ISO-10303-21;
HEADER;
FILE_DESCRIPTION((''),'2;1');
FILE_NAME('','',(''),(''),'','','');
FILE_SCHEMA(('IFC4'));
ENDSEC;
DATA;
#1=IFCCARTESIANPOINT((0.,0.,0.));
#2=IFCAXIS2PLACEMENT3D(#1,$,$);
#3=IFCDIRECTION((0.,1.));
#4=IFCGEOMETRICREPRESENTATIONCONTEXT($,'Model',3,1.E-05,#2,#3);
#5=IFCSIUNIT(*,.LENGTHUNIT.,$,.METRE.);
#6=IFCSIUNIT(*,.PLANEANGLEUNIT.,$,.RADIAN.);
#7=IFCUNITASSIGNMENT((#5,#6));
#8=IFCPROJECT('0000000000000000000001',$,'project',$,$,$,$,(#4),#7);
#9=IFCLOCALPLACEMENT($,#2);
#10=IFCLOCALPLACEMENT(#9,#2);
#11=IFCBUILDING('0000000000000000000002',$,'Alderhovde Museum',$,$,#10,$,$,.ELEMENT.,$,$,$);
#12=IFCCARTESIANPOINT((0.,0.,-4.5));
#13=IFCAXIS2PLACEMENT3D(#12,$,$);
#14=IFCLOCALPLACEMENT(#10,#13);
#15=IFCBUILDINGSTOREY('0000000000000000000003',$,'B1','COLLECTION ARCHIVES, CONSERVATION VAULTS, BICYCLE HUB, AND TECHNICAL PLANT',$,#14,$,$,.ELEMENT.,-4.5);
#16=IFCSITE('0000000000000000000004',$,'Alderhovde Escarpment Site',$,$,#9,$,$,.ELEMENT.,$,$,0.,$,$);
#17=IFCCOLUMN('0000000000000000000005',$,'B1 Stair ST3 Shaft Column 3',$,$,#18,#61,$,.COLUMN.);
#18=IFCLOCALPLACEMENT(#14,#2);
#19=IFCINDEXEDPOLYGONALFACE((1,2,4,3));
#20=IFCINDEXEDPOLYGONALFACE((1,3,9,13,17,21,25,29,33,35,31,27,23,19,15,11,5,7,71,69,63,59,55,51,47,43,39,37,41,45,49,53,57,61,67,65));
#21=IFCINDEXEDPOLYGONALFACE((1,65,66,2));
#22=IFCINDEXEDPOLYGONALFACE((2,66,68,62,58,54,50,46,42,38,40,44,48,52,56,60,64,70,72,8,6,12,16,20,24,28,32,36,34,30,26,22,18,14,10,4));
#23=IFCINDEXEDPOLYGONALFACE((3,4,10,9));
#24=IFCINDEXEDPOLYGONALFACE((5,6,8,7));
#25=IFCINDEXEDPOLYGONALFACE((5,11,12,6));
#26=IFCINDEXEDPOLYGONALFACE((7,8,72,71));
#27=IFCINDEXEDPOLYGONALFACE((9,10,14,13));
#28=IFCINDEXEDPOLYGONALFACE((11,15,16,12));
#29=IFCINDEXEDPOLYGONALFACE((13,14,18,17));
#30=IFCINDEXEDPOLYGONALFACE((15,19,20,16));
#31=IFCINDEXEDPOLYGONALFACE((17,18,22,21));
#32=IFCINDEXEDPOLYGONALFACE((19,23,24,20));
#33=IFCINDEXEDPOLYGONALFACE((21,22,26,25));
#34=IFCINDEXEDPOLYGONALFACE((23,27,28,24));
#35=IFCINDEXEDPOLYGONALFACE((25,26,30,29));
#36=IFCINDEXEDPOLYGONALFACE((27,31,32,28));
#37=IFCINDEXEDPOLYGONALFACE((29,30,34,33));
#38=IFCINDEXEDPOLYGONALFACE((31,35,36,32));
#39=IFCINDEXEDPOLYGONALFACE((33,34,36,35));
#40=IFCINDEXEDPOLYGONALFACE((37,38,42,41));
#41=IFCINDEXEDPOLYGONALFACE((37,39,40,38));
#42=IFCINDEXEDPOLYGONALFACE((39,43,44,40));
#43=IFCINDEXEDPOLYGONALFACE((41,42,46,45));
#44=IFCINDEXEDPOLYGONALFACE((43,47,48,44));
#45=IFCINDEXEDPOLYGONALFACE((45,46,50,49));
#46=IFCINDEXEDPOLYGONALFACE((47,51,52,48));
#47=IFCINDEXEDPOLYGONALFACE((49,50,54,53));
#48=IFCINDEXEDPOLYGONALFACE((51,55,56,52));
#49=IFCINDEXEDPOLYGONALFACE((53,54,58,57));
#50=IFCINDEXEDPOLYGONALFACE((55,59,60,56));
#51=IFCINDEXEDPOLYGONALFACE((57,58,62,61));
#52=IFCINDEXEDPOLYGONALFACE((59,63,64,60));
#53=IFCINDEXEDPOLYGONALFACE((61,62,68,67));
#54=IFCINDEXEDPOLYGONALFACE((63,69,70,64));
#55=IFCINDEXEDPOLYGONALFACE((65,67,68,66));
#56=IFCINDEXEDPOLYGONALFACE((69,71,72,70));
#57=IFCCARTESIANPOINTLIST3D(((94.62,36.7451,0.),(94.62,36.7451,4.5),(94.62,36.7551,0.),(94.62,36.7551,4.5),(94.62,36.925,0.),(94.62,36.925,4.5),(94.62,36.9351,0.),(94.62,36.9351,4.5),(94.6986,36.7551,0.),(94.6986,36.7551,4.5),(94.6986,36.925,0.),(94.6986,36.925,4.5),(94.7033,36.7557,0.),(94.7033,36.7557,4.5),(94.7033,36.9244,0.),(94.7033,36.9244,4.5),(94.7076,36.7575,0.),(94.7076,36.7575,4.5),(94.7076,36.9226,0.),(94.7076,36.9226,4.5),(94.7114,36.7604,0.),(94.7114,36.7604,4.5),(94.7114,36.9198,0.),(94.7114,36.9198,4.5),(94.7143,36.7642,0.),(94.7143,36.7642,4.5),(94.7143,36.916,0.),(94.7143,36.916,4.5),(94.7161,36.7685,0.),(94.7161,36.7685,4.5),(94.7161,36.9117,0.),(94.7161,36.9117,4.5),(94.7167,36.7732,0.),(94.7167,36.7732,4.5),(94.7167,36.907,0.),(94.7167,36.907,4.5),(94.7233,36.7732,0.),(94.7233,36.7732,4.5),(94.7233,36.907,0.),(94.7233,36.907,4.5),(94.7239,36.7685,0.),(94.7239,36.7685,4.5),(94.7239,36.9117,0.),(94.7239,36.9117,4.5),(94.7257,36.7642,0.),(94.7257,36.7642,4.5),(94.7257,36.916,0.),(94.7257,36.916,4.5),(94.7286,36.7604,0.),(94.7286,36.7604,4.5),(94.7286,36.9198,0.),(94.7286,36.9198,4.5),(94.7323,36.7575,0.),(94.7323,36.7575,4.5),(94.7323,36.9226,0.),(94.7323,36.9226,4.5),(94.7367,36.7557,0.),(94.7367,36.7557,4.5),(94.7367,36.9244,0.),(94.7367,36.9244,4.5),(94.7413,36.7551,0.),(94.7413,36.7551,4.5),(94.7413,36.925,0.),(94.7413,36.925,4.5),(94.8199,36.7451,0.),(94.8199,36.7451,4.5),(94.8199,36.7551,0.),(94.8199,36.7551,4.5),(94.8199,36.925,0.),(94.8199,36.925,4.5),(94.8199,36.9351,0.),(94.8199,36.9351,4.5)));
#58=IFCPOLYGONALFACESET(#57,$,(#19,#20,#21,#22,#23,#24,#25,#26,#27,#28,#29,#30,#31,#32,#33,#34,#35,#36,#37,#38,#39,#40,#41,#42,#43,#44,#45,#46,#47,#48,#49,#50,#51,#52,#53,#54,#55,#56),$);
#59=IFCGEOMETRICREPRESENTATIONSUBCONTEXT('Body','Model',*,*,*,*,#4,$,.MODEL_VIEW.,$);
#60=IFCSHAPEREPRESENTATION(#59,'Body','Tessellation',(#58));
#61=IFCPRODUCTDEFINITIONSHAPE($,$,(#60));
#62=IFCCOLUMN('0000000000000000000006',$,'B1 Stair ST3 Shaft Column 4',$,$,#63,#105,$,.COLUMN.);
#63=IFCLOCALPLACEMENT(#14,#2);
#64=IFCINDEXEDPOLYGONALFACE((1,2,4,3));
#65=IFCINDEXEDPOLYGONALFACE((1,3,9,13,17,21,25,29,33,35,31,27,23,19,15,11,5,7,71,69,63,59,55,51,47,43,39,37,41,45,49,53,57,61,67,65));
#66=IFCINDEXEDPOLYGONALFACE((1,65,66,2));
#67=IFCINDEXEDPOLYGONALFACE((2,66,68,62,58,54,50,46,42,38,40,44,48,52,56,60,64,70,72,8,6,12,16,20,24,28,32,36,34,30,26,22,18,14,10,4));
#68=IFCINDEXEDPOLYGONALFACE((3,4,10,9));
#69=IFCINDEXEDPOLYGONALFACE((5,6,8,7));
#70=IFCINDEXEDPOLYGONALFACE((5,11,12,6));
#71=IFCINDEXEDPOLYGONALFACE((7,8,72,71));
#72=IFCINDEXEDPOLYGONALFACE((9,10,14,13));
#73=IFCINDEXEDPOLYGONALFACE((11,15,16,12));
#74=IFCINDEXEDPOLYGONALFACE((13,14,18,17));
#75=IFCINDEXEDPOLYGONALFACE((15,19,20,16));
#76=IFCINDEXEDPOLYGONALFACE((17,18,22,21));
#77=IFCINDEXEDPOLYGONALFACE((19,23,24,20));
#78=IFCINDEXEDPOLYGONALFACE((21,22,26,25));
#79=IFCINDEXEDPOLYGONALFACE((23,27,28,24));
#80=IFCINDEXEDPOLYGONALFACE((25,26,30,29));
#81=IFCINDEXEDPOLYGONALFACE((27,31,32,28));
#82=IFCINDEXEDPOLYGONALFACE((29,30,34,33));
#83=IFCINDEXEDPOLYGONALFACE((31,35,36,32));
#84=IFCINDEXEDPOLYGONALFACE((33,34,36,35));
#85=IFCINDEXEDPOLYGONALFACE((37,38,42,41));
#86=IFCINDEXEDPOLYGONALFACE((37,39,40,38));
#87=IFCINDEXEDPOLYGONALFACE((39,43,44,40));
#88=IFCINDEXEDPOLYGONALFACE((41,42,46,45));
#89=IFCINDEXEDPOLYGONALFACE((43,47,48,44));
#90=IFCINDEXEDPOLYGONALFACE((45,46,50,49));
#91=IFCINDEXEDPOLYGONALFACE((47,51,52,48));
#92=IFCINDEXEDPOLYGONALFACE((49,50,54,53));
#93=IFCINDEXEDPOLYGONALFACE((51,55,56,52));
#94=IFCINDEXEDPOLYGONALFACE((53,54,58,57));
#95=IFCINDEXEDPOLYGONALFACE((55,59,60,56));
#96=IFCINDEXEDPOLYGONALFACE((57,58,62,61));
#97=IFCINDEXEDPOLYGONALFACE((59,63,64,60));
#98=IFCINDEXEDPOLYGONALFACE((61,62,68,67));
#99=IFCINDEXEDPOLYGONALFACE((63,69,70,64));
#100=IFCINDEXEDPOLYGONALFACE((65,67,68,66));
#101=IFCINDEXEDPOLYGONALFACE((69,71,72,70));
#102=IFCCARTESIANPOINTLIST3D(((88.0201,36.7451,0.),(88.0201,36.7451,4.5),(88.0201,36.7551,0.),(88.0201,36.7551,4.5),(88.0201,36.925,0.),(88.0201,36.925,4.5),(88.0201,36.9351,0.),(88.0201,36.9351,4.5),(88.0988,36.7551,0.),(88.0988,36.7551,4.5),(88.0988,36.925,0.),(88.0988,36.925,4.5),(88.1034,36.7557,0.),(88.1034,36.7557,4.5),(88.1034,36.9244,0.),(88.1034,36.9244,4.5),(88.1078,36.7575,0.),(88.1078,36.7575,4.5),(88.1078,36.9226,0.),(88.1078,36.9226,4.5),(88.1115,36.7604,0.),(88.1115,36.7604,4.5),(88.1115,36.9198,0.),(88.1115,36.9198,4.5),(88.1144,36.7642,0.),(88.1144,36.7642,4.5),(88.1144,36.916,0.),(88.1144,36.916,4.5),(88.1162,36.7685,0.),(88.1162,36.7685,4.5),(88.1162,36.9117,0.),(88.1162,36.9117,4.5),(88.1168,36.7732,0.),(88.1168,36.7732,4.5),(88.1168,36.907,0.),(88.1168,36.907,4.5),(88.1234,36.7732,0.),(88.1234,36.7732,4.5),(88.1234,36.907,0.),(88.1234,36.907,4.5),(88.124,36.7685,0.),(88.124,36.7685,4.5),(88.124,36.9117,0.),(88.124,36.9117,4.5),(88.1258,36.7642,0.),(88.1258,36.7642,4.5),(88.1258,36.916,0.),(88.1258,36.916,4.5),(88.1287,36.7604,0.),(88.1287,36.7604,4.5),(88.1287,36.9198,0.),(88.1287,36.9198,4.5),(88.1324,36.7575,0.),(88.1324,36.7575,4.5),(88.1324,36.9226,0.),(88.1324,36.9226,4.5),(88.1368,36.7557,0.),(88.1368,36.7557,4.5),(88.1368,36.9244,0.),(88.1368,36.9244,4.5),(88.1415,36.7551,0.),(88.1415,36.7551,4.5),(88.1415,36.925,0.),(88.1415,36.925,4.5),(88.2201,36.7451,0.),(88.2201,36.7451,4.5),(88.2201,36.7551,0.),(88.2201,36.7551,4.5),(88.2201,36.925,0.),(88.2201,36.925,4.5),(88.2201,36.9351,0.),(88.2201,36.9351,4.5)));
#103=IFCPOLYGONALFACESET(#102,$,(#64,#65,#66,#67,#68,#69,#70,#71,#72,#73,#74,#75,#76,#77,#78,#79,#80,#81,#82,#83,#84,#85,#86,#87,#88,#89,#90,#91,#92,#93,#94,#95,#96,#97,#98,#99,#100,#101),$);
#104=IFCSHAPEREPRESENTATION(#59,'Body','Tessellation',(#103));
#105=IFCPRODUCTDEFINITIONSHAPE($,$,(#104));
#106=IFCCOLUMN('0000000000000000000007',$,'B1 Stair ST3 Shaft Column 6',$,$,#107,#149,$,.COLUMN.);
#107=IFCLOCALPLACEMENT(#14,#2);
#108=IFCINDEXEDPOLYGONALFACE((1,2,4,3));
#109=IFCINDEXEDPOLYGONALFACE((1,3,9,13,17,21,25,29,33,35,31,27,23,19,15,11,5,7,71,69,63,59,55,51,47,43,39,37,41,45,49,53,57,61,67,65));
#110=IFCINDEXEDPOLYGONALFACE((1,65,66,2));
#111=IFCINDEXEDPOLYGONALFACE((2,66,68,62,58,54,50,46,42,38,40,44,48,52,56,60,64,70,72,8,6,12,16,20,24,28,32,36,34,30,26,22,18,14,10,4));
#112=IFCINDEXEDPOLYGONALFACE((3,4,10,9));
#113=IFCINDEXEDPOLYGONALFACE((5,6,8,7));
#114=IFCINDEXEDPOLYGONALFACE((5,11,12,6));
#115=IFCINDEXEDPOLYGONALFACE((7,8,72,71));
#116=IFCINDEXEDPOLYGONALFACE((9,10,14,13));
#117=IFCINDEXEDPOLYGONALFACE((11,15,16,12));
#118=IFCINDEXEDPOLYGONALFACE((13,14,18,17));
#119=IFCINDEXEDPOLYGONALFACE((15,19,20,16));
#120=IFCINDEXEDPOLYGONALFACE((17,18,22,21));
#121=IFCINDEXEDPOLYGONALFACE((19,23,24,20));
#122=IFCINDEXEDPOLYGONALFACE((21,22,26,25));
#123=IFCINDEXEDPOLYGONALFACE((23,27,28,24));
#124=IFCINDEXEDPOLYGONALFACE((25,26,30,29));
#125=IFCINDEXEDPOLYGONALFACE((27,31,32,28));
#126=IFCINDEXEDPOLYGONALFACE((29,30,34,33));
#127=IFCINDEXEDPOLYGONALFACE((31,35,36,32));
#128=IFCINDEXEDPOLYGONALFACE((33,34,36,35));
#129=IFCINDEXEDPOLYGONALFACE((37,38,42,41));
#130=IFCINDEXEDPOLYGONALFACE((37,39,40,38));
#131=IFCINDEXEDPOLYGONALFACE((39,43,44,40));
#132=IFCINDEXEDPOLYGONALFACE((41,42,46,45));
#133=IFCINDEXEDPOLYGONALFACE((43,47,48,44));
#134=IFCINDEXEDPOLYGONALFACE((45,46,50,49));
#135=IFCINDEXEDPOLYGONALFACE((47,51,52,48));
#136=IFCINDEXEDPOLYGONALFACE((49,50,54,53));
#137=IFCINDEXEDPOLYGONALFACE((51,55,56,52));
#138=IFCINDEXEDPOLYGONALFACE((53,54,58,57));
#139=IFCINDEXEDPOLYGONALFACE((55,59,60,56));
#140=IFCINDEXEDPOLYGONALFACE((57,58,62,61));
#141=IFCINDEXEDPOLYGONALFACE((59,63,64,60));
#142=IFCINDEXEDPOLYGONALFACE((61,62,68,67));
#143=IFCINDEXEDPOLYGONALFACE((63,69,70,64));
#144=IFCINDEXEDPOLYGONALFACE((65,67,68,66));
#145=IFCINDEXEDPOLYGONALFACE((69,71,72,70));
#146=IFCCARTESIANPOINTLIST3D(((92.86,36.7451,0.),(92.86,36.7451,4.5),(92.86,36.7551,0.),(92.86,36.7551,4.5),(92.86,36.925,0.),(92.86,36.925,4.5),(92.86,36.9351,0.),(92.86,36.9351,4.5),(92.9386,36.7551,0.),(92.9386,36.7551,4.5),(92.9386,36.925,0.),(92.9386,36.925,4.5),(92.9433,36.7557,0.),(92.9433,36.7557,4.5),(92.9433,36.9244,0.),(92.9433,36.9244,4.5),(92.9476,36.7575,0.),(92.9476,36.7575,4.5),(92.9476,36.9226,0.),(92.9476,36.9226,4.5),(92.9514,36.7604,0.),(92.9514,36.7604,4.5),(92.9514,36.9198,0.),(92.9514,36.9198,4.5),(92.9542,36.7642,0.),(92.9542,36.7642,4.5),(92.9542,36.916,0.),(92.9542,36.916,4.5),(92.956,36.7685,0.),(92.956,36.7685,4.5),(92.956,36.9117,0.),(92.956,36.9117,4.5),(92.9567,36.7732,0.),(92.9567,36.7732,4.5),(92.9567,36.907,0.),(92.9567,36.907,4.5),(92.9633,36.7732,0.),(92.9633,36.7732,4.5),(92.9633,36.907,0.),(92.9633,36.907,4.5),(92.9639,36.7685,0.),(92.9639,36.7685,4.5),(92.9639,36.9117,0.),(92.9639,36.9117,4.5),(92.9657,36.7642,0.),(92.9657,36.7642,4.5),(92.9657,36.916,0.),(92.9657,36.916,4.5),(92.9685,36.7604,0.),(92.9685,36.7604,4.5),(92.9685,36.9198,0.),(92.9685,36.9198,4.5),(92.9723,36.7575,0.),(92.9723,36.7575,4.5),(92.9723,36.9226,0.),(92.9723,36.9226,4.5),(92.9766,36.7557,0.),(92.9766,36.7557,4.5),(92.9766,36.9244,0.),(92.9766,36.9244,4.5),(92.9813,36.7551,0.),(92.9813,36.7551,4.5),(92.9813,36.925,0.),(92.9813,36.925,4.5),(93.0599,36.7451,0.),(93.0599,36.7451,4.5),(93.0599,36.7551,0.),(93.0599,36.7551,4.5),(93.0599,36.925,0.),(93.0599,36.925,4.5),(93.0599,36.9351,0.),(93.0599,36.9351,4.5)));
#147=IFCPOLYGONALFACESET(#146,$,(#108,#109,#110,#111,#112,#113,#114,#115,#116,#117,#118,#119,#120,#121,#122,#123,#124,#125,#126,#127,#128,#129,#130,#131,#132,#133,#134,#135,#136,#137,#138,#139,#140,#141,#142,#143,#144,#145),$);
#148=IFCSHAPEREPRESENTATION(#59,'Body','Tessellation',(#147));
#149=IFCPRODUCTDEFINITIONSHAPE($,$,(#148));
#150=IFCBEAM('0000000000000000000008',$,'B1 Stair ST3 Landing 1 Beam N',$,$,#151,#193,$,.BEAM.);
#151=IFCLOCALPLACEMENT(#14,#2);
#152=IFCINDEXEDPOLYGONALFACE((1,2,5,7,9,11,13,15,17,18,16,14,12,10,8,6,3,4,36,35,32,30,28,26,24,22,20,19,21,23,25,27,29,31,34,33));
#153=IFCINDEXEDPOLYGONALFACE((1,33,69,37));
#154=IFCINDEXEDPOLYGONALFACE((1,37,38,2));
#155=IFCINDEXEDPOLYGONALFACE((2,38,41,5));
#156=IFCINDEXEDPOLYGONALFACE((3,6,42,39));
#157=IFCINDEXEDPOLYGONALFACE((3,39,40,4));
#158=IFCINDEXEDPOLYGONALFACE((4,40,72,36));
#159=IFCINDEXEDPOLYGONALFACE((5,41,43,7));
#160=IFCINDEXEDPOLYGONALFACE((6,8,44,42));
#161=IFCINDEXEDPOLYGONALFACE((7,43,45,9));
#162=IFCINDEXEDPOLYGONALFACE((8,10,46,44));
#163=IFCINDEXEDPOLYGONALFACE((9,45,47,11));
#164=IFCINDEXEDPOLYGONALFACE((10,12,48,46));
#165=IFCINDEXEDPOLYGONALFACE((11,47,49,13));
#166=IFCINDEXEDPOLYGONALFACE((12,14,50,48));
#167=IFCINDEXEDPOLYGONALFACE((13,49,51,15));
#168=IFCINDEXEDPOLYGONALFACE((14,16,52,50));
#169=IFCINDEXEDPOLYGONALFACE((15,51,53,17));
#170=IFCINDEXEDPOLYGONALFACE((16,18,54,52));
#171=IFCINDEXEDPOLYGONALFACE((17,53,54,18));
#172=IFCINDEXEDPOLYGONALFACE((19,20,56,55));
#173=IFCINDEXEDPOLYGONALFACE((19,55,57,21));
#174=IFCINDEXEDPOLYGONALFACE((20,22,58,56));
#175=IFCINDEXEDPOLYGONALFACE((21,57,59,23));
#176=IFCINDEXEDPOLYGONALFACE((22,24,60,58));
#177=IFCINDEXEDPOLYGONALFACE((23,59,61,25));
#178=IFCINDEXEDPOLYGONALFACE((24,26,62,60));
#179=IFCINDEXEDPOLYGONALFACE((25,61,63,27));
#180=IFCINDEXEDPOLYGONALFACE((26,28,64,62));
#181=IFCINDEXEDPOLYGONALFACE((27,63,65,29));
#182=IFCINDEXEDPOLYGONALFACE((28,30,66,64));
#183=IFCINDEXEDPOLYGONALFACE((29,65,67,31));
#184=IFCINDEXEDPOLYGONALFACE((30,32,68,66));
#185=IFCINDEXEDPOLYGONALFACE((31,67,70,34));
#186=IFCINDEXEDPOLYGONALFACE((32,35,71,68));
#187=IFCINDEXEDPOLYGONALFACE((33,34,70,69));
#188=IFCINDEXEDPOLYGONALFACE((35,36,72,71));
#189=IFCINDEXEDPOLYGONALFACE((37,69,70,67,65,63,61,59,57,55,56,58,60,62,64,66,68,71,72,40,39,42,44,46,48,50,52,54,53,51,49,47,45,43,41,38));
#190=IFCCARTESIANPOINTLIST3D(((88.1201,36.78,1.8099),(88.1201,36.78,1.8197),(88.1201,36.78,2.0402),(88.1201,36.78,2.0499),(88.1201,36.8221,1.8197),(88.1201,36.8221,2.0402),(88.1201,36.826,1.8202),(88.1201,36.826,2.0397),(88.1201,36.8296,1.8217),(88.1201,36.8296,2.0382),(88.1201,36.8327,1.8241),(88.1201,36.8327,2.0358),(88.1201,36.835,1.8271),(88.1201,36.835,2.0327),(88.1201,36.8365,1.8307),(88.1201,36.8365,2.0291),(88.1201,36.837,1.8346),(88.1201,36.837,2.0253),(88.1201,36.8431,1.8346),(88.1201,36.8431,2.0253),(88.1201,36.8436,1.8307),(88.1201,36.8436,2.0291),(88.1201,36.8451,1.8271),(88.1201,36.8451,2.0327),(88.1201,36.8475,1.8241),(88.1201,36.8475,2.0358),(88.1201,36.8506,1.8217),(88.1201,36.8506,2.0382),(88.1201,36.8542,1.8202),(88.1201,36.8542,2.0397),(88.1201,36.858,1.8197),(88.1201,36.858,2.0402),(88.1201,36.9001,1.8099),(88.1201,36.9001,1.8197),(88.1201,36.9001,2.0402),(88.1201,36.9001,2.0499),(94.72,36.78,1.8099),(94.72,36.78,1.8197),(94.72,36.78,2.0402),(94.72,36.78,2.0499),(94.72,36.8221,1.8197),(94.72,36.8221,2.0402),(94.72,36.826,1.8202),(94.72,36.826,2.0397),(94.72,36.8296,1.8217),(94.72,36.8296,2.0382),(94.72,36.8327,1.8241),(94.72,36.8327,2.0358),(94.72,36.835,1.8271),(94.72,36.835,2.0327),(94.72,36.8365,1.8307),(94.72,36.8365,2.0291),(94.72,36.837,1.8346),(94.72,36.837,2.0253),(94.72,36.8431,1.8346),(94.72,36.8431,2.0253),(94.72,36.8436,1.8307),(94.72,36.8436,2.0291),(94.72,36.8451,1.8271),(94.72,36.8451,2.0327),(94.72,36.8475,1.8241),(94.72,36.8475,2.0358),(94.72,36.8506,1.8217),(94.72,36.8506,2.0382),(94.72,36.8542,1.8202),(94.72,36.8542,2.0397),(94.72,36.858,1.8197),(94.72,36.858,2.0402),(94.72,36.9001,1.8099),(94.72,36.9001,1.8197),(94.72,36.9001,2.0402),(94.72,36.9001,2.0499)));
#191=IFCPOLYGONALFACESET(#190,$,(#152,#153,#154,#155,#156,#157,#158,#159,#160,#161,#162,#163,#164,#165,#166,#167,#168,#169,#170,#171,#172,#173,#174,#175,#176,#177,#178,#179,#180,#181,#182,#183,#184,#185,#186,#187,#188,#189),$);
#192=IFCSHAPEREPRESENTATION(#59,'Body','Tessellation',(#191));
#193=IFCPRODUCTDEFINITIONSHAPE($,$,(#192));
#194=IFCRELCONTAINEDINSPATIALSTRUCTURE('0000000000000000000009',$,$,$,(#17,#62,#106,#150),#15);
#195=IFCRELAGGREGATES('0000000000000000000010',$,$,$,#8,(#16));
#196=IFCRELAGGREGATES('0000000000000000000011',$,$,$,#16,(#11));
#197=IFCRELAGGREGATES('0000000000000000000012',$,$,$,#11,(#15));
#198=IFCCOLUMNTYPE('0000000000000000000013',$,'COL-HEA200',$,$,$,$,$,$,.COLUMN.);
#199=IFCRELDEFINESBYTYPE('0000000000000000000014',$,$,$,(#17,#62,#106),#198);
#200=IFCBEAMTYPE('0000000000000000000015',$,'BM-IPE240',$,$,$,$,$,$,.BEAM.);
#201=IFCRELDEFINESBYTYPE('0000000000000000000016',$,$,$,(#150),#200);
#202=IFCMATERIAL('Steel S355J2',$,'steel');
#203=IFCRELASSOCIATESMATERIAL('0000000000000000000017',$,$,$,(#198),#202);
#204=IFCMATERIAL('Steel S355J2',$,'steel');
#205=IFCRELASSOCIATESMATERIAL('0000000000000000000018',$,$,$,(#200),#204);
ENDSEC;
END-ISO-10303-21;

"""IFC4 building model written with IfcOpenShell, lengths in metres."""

from ifc_helpers import new_model, si_unit, direction, frame, origin, origin_2d, place, context, subcontext, project, spatial, i_section, extrude, material, material_profile, profile_set, type_object, element, save


model = new_model("IFC4")

# Units and contexts
model_context = context("Model", 3, precision=1e-05, world=origin(), true_north=direction((0.0, 1.0)))
body_context = subcontext(model_context, "Body", "Model", "MODEL_VIEW")
ifc_project = project(units=[si_unit("LENGTHUNIT", "METRE"), si_unit("PLANEANGLEUNIT", "RADIAN")], contexts=[model_context])

# Site, building, storey
site_placement = place(None, origin())
site = spatial("IfcSite", under=ifc_project, at=site_placement, Name="Alderhovde Escarpment Site", CompositionType="ELEMENT", RefElevation=0.0)
building_placement = place(site_placement, origin())
building = spatial("IfcBuilding", under=site, at=building_placement, Name="Alderhovde Museum", CompositionType="ELEMENT")
storey_placement = place(building_placement, frame((0.0, 0.0, -4.5)))
storey = spatial("IfcBuildingStorey", under=building, at=storey_placement, Name="B1", Description="COLLECTION ARCHIVES, CONSERVATION VAULTS, BICYCLE HUB, AND TECHNICAL PLANT", CompositionType="ELEMENT", Elevation=-4.5)

# Columns
ifc_material_1 = material(Name="Steel S355J2", Category="steel")
ifc_material_profile_1 = material_profile(ifc_material_1, i_section(OverallWidth=0.2, OverallDepth=0.1899, WebThickness=0.0066, FlangeThickness=0.01, FilletRadius=0.0181, at=origin_2d()), Name="HEA 200")
ifc_profile_set_1 = profile_set([ifc_material_profile_1], Name="Steel S355J2")
column_type = type_object("IfcColumnType", Name="COL-HEA200", PredefinedType="COLUMN", material=ifc_profile_set_1)
for number, where, z_axis, x_axis, name in (
    (1, (94.72, 36.8401, 0.0), (0.0, 0.0, 1.0), (1.0, 0.0, 0.0), "B1 Stair ST3 Shaft Column 3"),
    (2, (88.1201, 36.8401, 0.0), (0.0, 0.0, 1.0), (1.0, 0.0, 0.0), "B1 Stair ST3 Shaft Column 4"),
    (3, (92.96, 36.8401, 0.0), (0.0, 0.0, 1.0), (1.0, 0.0, 0.0), "B1 Stair ST3 Shaft Column 6"),
):
    element("IfcColumn", number, at=place(storey_placement, frame(where, z_axis=z_axis, x_axis=x_axis)), inside=storey, type_object=column_type, Name=name, PredefinedType="COLUMN", context=body_context, shape_type="SweptSolid", body=[
        extrude(i_section(OverallWidth=0.2, OverallDepth=0.1899, WebThickness=0.0066, FlangeThickness=0.01, FilletRadius=0.0181, at=origin_2d()), origin(), (0.0, 0.0, 1.0), 4.5),
    ])

# Beam
ifc_material_2 = material(Name="Steel S355J2", Category="steel")
ifc_material_profile_2 = material_profile(ifc_material_2, i_section(OverallWidth=0.1201, OverallDepth=0.24, WebThickness=0.0061, FlangeThickness=0.0098, FilletRadius=0.0149, at=origin_2d()), Name="IPE 240")
ifc_profile_set_2 = profile_set([ifc_material_profile_2], Name="Steel S355J2")
beam_type = type_object("IfcBeamType", Name="BM-IPE240", PredefinedType="BEAM", material=ifc_profile_set_2)
beam_placement = place(storey_placement, frame((88.1201, 36.8401, 1.9299), z_axis=(1.0, 0.0, 0.0), x_axis=(0.0, 1.0, 0.0)))
element("IfcBeam", 4, at=beam_placement, inside=storey, type_object=beam_type, Name="B1 Stair ST3 Landing 1 Beam N", PredefinedType="BEAM", context=body_context, shape_type="SweptSolid", body=[
    extrude(i_section(OverallWidth=0.1201, OverallDepth=0.24, WebThickness=0.0061, FlangeThickness=0.0098, FilletRadius=0.0149, at=origin_2d()), origin(), (0.0, 0.0, 1.0), 6.5999),
])

save(model, "model.ifc")
